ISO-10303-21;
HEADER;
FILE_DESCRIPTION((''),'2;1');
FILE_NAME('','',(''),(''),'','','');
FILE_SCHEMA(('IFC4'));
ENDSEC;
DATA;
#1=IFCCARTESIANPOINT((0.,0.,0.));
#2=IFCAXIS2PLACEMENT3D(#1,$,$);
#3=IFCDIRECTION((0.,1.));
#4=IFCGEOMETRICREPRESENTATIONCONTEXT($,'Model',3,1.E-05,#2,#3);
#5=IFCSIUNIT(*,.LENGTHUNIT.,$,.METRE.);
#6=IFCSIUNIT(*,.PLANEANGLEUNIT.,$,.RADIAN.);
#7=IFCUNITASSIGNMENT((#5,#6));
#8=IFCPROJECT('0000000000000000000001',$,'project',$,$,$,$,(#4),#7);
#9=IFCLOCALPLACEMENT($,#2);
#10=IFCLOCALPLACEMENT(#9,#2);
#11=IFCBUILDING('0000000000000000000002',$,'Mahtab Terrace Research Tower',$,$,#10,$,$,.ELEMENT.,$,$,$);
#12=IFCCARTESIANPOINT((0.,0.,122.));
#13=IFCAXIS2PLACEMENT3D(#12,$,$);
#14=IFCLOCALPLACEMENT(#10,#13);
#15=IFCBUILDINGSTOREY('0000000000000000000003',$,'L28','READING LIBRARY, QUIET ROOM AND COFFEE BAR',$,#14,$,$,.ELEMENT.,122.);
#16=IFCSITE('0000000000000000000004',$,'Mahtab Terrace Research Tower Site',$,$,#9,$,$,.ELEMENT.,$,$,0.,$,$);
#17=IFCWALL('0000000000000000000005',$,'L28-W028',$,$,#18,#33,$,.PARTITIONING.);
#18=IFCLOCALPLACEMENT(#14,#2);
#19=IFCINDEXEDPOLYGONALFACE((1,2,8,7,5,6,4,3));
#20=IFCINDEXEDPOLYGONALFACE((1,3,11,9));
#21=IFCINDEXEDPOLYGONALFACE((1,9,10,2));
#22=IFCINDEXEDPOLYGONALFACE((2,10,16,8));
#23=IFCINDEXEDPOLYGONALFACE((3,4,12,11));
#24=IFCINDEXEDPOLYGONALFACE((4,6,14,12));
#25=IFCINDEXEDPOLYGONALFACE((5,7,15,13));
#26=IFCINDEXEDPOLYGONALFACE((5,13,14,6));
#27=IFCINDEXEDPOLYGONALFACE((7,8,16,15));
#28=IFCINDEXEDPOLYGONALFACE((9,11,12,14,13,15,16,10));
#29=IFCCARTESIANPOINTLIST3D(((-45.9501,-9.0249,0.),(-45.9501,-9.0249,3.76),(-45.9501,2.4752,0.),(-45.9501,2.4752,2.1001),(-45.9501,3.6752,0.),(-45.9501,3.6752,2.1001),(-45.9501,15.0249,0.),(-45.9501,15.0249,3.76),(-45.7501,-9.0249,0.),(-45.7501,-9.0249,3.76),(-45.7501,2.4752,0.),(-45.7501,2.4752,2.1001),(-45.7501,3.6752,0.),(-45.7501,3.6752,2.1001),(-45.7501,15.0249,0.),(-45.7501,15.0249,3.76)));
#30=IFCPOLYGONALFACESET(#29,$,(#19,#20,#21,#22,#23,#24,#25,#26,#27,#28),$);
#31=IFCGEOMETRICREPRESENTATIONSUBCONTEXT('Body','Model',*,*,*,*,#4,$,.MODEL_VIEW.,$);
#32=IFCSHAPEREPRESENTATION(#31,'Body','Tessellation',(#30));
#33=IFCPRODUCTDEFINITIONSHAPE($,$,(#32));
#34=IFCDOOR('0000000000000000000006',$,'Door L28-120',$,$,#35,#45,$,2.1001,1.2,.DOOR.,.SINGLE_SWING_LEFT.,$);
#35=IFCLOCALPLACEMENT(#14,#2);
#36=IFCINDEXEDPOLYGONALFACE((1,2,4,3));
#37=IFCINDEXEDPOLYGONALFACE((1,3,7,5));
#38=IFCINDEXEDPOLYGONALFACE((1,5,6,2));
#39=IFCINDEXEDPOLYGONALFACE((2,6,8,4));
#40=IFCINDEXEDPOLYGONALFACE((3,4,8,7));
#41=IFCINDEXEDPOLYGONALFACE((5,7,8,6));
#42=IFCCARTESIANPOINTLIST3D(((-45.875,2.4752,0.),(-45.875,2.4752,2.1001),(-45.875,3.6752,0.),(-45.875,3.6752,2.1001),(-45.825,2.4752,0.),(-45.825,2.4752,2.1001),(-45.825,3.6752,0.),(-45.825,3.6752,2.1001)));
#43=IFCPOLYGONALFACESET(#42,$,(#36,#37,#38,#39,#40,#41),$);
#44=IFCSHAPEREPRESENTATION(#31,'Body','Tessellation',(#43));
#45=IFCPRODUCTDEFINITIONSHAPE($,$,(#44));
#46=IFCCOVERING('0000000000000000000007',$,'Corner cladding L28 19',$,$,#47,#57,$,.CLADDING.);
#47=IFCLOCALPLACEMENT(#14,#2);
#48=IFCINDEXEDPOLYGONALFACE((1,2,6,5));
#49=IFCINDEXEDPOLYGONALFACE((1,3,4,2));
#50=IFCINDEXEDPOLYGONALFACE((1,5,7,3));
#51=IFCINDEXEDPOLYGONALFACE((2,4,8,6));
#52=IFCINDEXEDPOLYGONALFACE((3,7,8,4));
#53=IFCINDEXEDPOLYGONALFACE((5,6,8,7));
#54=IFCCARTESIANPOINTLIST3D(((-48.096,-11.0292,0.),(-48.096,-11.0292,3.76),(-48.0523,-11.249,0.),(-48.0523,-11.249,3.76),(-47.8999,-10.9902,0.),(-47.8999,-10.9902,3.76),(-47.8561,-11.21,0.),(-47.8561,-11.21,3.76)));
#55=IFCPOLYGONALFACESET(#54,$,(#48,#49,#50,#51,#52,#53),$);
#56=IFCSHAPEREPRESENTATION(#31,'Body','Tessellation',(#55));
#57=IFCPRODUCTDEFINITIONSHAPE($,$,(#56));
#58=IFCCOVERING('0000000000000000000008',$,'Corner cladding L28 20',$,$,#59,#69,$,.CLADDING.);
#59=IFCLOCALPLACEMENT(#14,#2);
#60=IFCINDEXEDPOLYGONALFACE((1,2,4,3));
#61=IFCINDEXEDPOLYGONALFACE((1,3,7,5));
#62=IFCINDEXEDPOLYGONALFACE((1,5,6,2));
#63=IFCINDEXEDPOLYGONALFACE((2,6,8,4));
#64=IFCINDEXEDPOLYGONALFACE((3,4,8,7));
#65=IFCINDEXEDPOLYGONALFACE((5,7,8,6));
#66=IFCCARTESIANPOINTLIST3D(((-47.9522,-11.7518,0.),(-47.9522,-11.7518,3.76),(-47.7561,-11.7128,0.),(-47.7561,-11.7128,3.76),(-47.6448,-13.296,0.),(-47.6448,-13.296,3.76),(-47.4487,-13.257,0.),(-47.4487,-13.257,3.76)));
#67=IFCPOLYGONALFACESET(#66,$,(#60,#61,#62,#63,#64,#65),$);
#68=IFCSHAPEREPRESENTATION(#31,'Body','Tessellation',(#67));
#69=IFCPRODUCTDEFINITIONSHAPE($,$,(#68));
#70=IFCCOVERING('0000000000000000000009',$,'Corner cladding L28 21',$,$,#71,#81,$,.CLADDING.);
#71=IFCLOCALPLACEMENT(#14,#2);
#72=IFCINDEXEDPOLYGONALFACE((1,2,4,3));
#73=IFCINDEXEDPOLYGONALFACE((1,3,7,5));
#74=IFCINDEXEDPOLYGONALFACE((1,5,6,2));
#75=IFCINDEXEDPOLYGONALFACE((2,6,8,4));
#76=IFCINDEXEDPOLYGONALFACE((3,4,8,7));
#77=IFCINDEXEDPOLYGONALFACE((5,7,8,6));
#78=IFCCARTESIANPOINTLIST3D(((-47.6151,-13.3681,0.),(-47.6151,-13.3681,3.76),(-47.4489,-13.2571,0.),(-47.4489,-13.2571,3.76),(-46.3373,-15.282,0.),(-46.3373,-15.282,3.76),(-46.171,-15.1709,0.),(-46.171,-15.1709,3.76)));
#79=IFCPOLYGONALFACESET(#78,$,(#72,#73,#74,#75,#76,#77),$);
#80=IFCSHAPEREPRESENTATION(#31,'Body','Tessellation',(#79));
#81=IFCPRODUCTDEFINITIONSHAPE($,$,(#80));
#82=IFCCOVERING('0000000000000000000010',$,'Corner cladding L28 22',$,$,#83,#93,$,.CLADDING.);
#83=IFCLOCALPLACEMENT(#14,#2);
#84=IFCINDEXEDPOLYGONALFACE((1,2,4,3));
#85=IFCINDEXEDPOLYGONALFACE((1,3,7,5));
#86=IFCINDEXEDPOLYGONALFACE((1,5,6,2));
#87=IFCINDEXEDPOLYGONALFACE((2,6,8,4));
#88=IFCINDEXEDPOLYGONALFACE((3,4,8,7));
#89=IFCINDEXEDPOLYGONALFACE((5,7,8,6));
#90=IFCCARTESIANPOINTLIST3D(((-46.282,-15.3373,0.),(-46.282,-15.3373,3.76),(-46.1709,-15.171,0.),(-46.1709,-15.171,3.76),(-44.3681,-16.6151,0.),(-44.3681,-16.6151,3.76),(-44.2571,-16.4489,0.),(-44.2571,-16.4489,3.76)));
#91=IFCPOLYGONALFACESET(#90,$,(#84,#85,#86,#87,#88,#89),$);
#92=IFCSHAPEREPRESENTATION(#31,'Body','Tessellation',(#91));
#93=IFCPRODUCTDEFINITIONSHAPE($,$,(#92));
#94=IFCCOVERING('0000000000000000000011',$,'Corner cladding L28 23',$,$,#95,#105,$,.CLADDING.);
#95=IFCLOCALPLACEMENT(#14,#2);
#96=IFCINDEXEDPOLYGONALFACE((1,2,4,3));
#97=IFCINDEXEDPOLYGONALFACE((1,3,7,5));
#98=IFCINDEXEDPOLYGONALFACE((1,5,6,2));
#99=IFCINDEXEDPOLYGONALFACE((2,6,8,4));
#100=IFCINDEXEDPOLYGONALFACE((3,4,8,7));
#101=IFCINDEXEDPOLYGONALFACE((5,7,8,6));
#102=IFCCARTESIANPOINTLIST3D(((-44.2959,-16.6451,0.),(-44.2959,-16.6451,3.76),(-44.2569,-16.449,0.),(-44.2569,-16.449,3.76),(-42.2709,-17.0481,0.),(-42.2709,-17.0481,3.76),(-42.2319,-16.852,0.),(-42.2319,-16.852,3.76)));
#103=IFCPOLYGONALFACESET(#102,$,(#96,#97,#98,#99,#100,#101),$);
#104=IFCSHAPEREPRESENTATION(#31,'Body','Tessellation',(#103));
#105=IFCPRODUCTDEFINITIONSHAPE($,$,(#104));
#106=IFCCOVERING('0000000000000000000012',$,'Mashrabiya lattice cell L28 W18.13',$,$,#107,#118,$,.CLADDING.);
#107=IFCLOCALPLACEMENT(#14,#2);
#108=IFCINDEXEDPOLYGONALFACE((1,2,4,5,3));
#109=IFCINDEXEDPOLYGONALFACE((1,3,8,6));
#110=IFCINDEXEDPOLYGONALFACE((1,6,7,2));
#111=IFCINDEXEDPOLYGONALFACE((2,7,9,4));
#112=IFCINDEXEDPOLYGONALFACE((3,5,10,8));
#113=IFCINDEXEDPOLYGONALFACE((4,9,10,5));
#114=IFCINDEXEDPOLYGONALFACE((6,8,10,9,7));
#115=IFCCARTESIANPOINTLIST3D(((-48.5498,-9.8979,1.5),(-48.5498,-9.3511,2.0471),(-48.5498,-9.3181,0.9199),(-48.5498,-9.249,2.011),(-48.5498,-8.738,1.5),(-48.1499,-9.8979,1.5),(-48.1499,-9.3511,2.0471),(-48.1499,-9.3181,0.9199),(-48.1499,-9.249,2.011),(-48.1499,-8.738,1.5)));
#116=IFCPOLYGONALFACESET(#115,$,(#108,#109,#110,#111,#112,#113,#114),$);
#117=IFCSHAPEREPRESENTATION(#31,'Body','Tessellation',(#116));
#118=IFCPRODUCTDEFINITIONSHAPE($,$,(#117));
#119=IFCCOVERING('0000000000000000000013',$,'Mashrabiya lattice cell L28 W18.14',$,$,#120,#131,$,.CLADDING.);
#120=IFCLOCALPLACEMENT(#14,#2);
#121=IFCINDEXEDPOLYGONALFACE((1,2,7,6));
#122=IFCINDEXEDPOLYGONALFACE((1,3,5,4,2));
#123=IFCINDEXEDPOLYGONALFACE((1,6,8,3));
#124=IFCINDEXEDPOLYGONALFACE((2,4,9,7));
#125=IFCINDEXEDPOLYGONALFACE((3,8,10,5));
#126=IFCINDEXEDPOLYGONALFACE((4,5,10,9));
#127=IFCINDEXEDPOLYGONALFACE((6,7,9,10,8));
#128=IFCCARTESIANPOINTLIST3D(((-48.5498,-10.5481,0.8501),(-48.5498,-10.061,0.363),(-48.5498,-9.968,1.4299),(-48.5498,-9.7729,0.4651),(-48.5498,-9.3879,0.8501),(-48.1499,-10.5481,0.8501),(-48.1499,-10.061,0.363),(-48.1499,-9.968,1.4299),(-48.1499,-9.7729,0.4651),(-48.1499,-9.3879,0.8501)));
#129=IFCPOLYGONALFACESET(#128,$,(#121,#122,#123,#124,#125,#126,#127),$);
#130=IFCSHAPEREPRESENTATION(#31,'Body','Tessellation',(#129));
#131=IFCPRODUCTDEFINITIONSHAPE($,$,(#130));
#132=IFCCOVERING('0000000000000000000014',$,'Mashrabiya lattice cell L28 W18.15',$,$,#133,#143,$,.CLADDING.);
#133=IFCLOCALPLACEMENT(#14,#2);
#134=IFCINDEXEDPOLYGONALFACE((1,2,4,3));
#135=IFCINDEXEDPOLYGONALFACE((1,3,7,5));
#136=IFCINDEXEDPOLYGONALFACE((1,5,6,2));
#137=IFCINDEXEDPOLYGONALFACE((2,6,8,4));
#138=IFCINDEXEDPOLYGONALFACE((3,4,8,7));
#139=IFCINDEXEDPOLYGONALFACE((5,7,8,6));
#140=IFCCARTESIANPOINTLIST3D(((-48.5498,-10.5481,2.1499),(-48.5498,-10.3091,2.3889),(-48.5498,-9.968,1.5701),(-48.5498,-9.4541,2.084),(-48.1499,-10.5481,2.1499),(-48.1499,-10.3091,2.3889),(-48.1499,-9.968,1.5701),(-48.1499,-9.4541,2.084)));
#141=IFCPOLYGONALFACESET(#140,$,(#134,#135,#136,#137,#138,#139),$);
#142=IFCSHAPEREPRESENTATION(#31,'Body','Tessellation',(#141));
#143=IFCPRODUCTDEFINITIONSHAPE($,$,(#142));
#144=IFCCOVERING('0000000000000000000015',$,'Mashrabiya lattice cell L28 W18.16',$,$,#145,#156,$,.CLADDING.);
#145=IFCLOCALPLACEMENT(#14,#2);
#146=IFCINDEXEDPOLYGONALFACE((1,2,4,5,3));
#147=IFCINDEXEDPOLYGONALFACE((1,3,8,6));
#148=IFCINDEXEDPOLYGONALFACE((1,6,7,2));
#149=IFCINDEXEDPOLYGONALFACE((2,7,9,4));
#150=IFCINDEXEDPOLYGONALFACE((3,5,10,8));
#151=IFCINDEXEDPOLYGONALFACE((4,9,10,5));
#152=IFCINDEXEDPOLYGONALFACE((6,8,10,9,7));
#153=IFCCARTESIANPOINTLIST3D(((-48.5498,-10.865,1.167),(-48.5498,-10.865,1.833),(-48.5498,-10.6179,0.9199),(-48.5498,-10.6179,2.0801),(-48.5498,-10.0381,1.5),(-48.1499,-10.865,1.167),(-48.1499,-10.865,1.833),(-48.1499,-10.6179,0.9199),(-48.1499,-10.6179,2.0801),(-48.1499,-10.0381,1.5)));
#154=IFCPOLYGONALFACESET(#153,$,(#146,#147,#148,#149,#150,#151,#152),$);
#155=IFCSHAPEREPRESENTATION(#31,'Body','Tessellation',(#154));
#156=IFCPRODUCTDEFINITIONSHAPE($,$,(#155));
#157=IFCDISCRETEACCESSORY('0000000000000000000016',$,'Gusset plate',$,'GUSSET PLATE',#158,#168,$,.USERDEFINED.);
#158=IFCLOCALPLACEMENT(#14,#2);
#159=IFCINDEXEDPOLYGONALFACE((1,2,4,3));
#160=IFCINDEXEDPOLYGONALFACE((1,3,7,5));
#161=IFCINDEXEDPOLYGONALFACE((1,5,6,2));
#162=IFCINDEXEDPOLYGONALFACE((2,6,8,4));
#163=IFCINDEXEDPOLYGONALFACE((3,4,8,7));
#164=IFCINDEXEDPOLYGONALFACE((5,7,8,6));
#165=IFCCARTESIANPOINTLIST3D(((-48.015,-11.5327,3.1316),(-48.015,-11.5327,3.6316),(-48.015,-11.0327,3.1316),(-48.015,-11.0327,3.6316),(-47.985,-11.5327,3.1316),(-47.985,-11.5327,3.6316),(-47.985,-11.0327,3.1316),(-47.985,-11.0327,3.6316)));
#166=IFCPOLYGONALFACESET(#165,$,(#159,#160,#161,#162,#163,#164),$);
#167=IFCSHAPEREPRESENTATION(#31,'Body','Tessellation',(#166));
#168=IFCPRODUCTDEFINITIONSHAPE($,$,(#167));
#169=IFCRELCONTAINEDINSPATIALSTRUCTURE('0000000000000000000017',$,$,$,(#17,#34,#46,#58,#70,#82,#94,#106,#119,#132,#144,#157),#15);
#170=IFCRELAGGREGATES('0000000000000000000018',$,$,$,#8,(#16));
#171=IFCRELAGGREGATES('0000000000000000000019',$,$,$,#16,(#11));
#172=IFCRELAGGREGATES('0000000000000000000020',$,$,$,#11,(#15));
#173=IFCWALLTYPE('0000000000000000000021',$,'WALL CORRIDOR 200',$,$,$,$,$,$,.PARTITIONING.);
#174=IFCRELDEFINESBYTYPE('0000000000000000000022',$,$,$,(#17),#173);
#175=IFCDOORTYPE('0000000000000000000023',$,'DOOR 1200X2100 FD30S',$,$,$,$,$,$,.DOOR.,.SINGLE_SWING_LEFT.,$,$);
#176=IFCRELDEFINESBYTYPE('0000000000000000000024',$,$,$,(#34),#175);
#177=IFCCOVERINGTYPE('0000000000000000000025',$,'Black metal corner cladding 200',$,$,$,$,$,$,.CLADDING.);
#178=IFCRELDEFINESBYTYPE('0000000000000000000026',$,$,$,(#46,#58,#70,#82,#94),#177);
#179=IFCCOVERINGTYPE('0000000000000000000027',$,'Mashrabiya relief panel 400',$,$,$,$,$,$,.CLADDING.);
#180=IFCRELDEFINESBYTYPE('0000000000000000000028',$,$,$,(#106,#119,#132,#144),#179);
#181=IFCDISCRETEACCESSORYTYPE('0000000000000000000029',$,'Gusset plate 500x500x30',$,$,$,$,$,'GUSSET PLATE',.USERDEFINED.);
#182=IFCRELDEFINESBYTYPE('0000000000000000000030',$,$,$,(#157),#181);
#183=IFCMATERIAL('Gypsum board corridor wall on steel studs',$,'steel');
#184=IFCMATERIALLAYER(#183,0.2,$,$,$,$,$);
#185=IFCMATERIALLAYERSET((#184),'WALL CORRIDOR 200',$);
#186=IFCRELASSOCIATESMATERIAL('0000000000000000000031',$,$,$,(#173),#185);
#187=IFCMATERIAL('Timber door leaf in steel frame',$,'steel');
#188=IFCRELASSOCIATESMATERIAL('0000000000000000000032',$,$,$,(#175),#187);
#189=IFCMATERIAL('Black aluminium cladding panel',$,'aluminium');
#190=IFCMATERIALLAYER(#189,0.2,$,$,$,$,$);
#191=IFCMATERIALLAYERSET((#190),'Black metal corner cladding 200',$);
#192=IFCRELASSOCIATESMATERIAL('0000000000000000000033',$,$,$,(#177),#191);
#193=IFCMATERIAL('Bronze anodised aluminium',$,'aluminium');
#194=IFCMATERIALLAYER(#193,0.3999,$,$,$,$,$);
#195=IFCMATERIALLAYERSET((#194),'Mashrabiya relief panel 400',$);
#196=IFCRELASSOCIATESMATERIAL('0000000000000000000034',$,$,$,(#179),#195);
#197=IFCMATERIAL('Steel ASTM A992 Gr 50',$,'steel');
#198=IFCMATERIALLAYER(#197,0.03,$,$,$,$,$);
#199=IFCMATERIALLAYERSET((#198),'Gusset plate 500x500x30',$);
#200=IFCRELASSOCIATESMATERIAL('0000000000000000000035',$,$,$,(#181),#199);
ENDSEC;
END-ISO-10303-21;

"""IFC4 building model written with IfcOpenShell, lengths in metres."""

from ifc_helpers import new_model, si_unit, direction, frame, frame_2d, origin, origin_2d, place, context, subcontext, project, spatial, polyline, rectangle, outline, extrude, material, layer, layer_set, type_object, element, fill, save


model = new_model("IFC4")

# Units and contexts
model_context = context("Model", 3, precision=1e-05, world=origin(), true_north=direction((0.0, 1.0)))
body_context = subcontext(model_context, "Body", "Model", "MODEL_VIEW")
ifc_project = project(units=[si_unit("LENGTHUNIT", "METRE"), si_unit("PLANEANGLEUNIT", "RADIAN")], contexts=[model_context])

# Site, building, storey
site_placement = place(None, origin())
site = spatial("IfcSite", under=ifc_project, at=site_placement, Name="Mahtab Terrace Research Tower Site", CompositionType="ELEMENT", RefElevation=0.0)
building_placement = place(site_placement, origin())
building = spatial("IfcBuilding", under=site, at=building_placement, Name="Mahtab Terrace Research Tower", CompositionType="ELEMENT")
storey_placement = place(building_placement, frame((0.0, 0.0, 122.0)))
storey = spatial("IfcBuildingStorey", under=building, at=storey_placement, Name="L28", Description="READING LIBRARY, QUIET ROOM AND COFFEE BAR", CompositionType="ELEMENT", Elevation=122.0)

# Shared definitions
ifc_material_1 = material(Name="Steel ASTM A992 Gr 50", Category="steel")

# Shared definitions
ifc_material_2 = material(Name="Black aluminium cladding panel", Category="aluminium")
ifc_material_3 = material(Name="Gypsum board corridor wall on steel studs", Category="steel")
ifc_layer_1 = layer(ifc_material_3, 0.2)
ifc_layer_set_1 = layer_set([ifc_layer_1], Name="WALL CORRIDOR 200")
wall_type_1 = type_object("IfcWallType", Name="WALL CORRIDOR 200", PredefinedType="PARTITIONING", material=ifc_layer_set_1)

# Shared definitions
ifc_material_4 = material(Name="Timber door leaf in steel frame", Category="steel")
door_type = type_object("IfcDoorType", Name="DOOR 1200X2100 FD30S", OperationType="SINGLE_SWING_LEFT", PredefinedType="DOOR", material=ifc_material_4)

# Wall, opening, door
wall_1_placement = place(storey_placement, frame((-45.8501, -9.0249, 0.0), z_axis=(0.0, 0.0, 1.0), x_axis=(0.0, 1.0, 0.0)))
wall_1 = element("IfcWall", 1, at=wall_1_placement, inside=storey, type_object=wall_type_1, Name="L28-W028", PredefinedType="PARTITIONING", context=body_context, shape_type="SweptSolid", body=[
    extrude(rectangle(XDim=24.0498, YDim=0.2, at=frame_2d((12.0249, 0.0))), origin(), (0.0, 0.0, 1.0), 3.76),
])
opening_1_placement = place(wall_1_placement, frame((11.5, 0.0, 0.0)))
opening_1 = element("IfcOpeningElement", 2, at=opening_1_placement, cuts=wall_1, PredefinedType="OPENING", context=body_context, shape_type="SweptSolid", body=[
    extrude(rectangle(XDim=1.2, YDim=2.1001, at=frame_2d((0.6001, 1.05))), frame((0.0, 0.1099, 0.0), z_axis=(0.0, -1.0, 0.0), x_axis=(1.0, 0.0, 0.0)), (0.0, 0.0, 1.0), 0.22),
])
door_1_placement = place(opening_1_placement, origin())
door_1 = element("IfcDoor", 3, at=door_1_placement, inside=storey, type_object=door_type, Name="Door L28-120", OperationType="SINGLE_SWING_LEFT", OverallHeight=2.1001, OverallWidth=1.2, PredefinedType="DOOR", context=body_context, shape_type="SweptSolid", body=[
    extrude(rectangle(XDim=1.2, YDim=2.1001, at=frame_2d((0.6001, 1.05))), frame((0.0, 0.0249, 0.0), z_axis=(0.0, -1.0, 0.0), x_axis=(1.0, 0.0, 0.0)), (0.0, 0.0, 1.0), 0.05),
])
fill(opening_1, door_1)

# Coverings
ifc_layer_2 = layer(ifc_material_2, 0.2)
ifc_layer_set_2 = layer_set([ifc_layer_2], Name="Black metal corner cladding 200")
covering_type_1 = type_object("IfcCoveringType", Name="Black metal corner cladding 200", PredefinedType="CLADDING", material=ifc_layer_set_2)
covering_1_placement = place(storey_placement, frame((-47.9761, -11.1196, 0.0), z_axis=(0.0, 0.0, 1.0), x_axis=(0.195212, -0.980761, 0.0)))
element("IfcCovering", 4, at=covering_1_placement, inside=storey, type_object=covering_type_1, Name="Corner cladding L28 19", PredefinedType="CLADDING", context=body_context, shape_type="SweptSolid", body=[
    extrude(rectangle(XDim=0.2241, YDim=0.2, at=origin_2d()), origin(), (0.0, 0.0, 1.0), 3.76),
])
covering_2_placement = place(storey_placement, frame((-47.7004, -12.5044, 0.0), z_axis=(0.0, 0.0, 1.0), x_axis=(0.195212, -0.980761, 0.0)))
element("IfcCovering", 5, at=covering_2_placement, inside=storey, type_object=covering_type_1, Name="Corner cladding L28 20", PredefinedType="CLADDING", context=body_context, shape_type="SweptSolid", body=[
    extrude(rectangle(XDim=1.5745, YDim=0.2, at=origin_2d()), origin(), (0.0, 0.0, 1.0), 3.76),
])
for number, where, z_axis, x_axis, name in (
    (6, (-46.8931, -14.2695, 0.0), (0.0, 0.0, 1.0), (0.555291, -0.831656, 0.0), "Corner cladding L28 21"),
    (7, (-45.2695, -15.8931, 0.0), (0.0, 0.0, 1.0), (0.831656, -0.555291, 0.0), "Corner cladding L28 22"),
):
    element("IfcCovering", number, at=place(storey_placement, frame(where, z_axis=z_axis, x_axis=x_axis)), inside=storey, type_object=covering_type_1, Name=name, PredefinedType="CLADDING", context=body_context, shape_type="SweptSolid", body=[
        extrude(rectangle(XDim=2.3013, YDim=0.2, at=origin_2d()), origin(), (0.0, 0.0, 1.0), 3.76),
    ])
covering_3_placement = place(storey_placement, frame((-43.2639, -16.7485, 0.0), z_axis=(0.0, 0.0, 1.0), x_axis=(0.980761, -0.195212, 0.0)))
element("IfcCovering", 8, at=covering_3_placement, inside=storey, type_object=covering_type_1, Name="Corner cladding L28 23", PredefinedType="CLADDING", context=body_context, shape_type="SweptSolid", body=[
    extrude(rectangle(XDim=2.0647, YDim=0.2, at=origin_2d()), origin(), (0.0, 0.0, 1.0), 3.76),
])
ifc_material_5 = material(Name="Bronze anodised aluminium", Category="aluminium")
ifc_layer_3 = layer(ifc_material_5, 0.3999)
ifc_layer_set_3 = layer_set([ifc_layer_3], Name="Mashrabiya relief panel 400")
covering_type_2 = type_object("IfcCoveringType", Name="Mashrabiya relief panel 400", PredefinedType="CLADDING", material=ifc_layer_set_3)
covering_4_placement = place(storey_placement, frame((-48.1499, -9.8979, 1.5), z_axis=(1.0, 0.0, 0.0), x_axis=(0.0, 0.706958, -0.707256)))
element("IfcCovering", 9, at=covering_4_placement, inside=storey, type_object=covering_type_2, Name="Mashrabiya lattice cell L28 W18.13", PredefinedType="CLADDING", context=body_context, shape_type="SweptSolid", body=[
    extrude(outline(polyline([(0.0, 0.0), (0.8202, 0.0), (0.82, 0.8204), (0.0974, 0.8202), (-0.0003, 0.7736), (0.0, 0.0)])), origin(), (0.0, 0.0, -1.0), 0.3999),
])
covering_5_placement = place(storey_placement, frame((-48.1499, -9.3879, 0.8501), z_axis=(1.0, 0.0, 0.0), x_axis=(0.0, -0.707256, 0.706958)))
element("IfcCovering", 10, at=covering_5_placement, inside=storey, type_object=covering_type_2, Name="Mashrabiya lattice cell L28 W18.14", PredefinedType="CLADDING", context=body_context, shape_type="SweptSolid", body=[
    extrude(outline(polyline([(0.0, 0.0), (0.8202, 0.0), (0.8205, 0.8202), (0.1317, 0.8203), (0.0001, 0.5445), (0.0, 0.0)])), origin(), (0.0, 0.0, -1.0), 0.3999),
])
covering_6_placement = place(storey_placement, frame((-48.1499, -10.5481, 2.1499), z_axis=(1.0, 0.0, 0.0), x_axis=(0.0, 0.707256, -0.706958)))
element("IfcCovering", 11, at=covering_6_placement, inside=storey, type_object=covering_type_2, Name="Mashrabiya lattice cell L28 W18.15", PredefinedType="CLADDING", context=body_context, shape_type="SweptSolid", body=[
    extrude(outline(polyline([(0.0, 0.0), (0.8202, 0.0), (0.8203, 0.7268), (0.0001, 0.338), (0.0, 0.0)])), origin(), (0.0, 0.0, -1.0), 0.3999),
])
covering_7_placement = place(storey_placement, frame((-48.1499, -10.6179, 0.9199), z_axis=(1.0, 0.0, 0.0), x_axis=(0.0, 0.706958, 0.707256)))
element("IfcCovering", 12, at=covering_7_placement, inside=storey, type_object=covering_type_2, Name="Mashrabiya lattice cell L28 W18.16", PredefinedType="CLADDING", context=body_context, shape_type="SweptSolid", body=[
    extrude(outline(polyline([(0.0, 0.0), (0.8202, 0.0), (0.8205, 0.8202), (0.4711, 0.8203), (0.0001, 0.3494), (0.0, 0.0)])), origin(), (0.0, 0.0, -1.0), 0.3999),
])

# Discrete accessory
ifc_layer_4 = layer(ifc_material_1, 0.03)
ifc_layer_set_4 = layer_set([ifc_layer_4], Name="Gusset plate 500x500x30")
discrete_accessory_type = type_object("IfcDiscreteAccessoryType", Name="Gusset plate 500x500x30", ElementType="GUSSET PLATE", PredefinedType="USERDEFINED", material=ifc_layer_set_4)
discrete_accessory_placement = place(storey_placement, frame((-48.0, -11.2827, 3.1316), z_axis=(0.0, 0.0, 1.0), x_axis=(0.0, 1.0, 0.0)))
element("IfcDiscreteAccessory", 13, at=discrete_accessory_placement, inside=storey, type_object=discrete_accessory_type, Name="Gusset plate", ObjectType="GUSSET PLATE", PredefinedType="USERDEFINED", context=body_context, shape_type="SweptSolid", body=[
    extrude(rectangle(XDim=0.5, YDim=0.03, at=origin_2d()), origin(), (0.0, 0.0, 1.0), 0.5),
])

save(model, "model.ifc")
